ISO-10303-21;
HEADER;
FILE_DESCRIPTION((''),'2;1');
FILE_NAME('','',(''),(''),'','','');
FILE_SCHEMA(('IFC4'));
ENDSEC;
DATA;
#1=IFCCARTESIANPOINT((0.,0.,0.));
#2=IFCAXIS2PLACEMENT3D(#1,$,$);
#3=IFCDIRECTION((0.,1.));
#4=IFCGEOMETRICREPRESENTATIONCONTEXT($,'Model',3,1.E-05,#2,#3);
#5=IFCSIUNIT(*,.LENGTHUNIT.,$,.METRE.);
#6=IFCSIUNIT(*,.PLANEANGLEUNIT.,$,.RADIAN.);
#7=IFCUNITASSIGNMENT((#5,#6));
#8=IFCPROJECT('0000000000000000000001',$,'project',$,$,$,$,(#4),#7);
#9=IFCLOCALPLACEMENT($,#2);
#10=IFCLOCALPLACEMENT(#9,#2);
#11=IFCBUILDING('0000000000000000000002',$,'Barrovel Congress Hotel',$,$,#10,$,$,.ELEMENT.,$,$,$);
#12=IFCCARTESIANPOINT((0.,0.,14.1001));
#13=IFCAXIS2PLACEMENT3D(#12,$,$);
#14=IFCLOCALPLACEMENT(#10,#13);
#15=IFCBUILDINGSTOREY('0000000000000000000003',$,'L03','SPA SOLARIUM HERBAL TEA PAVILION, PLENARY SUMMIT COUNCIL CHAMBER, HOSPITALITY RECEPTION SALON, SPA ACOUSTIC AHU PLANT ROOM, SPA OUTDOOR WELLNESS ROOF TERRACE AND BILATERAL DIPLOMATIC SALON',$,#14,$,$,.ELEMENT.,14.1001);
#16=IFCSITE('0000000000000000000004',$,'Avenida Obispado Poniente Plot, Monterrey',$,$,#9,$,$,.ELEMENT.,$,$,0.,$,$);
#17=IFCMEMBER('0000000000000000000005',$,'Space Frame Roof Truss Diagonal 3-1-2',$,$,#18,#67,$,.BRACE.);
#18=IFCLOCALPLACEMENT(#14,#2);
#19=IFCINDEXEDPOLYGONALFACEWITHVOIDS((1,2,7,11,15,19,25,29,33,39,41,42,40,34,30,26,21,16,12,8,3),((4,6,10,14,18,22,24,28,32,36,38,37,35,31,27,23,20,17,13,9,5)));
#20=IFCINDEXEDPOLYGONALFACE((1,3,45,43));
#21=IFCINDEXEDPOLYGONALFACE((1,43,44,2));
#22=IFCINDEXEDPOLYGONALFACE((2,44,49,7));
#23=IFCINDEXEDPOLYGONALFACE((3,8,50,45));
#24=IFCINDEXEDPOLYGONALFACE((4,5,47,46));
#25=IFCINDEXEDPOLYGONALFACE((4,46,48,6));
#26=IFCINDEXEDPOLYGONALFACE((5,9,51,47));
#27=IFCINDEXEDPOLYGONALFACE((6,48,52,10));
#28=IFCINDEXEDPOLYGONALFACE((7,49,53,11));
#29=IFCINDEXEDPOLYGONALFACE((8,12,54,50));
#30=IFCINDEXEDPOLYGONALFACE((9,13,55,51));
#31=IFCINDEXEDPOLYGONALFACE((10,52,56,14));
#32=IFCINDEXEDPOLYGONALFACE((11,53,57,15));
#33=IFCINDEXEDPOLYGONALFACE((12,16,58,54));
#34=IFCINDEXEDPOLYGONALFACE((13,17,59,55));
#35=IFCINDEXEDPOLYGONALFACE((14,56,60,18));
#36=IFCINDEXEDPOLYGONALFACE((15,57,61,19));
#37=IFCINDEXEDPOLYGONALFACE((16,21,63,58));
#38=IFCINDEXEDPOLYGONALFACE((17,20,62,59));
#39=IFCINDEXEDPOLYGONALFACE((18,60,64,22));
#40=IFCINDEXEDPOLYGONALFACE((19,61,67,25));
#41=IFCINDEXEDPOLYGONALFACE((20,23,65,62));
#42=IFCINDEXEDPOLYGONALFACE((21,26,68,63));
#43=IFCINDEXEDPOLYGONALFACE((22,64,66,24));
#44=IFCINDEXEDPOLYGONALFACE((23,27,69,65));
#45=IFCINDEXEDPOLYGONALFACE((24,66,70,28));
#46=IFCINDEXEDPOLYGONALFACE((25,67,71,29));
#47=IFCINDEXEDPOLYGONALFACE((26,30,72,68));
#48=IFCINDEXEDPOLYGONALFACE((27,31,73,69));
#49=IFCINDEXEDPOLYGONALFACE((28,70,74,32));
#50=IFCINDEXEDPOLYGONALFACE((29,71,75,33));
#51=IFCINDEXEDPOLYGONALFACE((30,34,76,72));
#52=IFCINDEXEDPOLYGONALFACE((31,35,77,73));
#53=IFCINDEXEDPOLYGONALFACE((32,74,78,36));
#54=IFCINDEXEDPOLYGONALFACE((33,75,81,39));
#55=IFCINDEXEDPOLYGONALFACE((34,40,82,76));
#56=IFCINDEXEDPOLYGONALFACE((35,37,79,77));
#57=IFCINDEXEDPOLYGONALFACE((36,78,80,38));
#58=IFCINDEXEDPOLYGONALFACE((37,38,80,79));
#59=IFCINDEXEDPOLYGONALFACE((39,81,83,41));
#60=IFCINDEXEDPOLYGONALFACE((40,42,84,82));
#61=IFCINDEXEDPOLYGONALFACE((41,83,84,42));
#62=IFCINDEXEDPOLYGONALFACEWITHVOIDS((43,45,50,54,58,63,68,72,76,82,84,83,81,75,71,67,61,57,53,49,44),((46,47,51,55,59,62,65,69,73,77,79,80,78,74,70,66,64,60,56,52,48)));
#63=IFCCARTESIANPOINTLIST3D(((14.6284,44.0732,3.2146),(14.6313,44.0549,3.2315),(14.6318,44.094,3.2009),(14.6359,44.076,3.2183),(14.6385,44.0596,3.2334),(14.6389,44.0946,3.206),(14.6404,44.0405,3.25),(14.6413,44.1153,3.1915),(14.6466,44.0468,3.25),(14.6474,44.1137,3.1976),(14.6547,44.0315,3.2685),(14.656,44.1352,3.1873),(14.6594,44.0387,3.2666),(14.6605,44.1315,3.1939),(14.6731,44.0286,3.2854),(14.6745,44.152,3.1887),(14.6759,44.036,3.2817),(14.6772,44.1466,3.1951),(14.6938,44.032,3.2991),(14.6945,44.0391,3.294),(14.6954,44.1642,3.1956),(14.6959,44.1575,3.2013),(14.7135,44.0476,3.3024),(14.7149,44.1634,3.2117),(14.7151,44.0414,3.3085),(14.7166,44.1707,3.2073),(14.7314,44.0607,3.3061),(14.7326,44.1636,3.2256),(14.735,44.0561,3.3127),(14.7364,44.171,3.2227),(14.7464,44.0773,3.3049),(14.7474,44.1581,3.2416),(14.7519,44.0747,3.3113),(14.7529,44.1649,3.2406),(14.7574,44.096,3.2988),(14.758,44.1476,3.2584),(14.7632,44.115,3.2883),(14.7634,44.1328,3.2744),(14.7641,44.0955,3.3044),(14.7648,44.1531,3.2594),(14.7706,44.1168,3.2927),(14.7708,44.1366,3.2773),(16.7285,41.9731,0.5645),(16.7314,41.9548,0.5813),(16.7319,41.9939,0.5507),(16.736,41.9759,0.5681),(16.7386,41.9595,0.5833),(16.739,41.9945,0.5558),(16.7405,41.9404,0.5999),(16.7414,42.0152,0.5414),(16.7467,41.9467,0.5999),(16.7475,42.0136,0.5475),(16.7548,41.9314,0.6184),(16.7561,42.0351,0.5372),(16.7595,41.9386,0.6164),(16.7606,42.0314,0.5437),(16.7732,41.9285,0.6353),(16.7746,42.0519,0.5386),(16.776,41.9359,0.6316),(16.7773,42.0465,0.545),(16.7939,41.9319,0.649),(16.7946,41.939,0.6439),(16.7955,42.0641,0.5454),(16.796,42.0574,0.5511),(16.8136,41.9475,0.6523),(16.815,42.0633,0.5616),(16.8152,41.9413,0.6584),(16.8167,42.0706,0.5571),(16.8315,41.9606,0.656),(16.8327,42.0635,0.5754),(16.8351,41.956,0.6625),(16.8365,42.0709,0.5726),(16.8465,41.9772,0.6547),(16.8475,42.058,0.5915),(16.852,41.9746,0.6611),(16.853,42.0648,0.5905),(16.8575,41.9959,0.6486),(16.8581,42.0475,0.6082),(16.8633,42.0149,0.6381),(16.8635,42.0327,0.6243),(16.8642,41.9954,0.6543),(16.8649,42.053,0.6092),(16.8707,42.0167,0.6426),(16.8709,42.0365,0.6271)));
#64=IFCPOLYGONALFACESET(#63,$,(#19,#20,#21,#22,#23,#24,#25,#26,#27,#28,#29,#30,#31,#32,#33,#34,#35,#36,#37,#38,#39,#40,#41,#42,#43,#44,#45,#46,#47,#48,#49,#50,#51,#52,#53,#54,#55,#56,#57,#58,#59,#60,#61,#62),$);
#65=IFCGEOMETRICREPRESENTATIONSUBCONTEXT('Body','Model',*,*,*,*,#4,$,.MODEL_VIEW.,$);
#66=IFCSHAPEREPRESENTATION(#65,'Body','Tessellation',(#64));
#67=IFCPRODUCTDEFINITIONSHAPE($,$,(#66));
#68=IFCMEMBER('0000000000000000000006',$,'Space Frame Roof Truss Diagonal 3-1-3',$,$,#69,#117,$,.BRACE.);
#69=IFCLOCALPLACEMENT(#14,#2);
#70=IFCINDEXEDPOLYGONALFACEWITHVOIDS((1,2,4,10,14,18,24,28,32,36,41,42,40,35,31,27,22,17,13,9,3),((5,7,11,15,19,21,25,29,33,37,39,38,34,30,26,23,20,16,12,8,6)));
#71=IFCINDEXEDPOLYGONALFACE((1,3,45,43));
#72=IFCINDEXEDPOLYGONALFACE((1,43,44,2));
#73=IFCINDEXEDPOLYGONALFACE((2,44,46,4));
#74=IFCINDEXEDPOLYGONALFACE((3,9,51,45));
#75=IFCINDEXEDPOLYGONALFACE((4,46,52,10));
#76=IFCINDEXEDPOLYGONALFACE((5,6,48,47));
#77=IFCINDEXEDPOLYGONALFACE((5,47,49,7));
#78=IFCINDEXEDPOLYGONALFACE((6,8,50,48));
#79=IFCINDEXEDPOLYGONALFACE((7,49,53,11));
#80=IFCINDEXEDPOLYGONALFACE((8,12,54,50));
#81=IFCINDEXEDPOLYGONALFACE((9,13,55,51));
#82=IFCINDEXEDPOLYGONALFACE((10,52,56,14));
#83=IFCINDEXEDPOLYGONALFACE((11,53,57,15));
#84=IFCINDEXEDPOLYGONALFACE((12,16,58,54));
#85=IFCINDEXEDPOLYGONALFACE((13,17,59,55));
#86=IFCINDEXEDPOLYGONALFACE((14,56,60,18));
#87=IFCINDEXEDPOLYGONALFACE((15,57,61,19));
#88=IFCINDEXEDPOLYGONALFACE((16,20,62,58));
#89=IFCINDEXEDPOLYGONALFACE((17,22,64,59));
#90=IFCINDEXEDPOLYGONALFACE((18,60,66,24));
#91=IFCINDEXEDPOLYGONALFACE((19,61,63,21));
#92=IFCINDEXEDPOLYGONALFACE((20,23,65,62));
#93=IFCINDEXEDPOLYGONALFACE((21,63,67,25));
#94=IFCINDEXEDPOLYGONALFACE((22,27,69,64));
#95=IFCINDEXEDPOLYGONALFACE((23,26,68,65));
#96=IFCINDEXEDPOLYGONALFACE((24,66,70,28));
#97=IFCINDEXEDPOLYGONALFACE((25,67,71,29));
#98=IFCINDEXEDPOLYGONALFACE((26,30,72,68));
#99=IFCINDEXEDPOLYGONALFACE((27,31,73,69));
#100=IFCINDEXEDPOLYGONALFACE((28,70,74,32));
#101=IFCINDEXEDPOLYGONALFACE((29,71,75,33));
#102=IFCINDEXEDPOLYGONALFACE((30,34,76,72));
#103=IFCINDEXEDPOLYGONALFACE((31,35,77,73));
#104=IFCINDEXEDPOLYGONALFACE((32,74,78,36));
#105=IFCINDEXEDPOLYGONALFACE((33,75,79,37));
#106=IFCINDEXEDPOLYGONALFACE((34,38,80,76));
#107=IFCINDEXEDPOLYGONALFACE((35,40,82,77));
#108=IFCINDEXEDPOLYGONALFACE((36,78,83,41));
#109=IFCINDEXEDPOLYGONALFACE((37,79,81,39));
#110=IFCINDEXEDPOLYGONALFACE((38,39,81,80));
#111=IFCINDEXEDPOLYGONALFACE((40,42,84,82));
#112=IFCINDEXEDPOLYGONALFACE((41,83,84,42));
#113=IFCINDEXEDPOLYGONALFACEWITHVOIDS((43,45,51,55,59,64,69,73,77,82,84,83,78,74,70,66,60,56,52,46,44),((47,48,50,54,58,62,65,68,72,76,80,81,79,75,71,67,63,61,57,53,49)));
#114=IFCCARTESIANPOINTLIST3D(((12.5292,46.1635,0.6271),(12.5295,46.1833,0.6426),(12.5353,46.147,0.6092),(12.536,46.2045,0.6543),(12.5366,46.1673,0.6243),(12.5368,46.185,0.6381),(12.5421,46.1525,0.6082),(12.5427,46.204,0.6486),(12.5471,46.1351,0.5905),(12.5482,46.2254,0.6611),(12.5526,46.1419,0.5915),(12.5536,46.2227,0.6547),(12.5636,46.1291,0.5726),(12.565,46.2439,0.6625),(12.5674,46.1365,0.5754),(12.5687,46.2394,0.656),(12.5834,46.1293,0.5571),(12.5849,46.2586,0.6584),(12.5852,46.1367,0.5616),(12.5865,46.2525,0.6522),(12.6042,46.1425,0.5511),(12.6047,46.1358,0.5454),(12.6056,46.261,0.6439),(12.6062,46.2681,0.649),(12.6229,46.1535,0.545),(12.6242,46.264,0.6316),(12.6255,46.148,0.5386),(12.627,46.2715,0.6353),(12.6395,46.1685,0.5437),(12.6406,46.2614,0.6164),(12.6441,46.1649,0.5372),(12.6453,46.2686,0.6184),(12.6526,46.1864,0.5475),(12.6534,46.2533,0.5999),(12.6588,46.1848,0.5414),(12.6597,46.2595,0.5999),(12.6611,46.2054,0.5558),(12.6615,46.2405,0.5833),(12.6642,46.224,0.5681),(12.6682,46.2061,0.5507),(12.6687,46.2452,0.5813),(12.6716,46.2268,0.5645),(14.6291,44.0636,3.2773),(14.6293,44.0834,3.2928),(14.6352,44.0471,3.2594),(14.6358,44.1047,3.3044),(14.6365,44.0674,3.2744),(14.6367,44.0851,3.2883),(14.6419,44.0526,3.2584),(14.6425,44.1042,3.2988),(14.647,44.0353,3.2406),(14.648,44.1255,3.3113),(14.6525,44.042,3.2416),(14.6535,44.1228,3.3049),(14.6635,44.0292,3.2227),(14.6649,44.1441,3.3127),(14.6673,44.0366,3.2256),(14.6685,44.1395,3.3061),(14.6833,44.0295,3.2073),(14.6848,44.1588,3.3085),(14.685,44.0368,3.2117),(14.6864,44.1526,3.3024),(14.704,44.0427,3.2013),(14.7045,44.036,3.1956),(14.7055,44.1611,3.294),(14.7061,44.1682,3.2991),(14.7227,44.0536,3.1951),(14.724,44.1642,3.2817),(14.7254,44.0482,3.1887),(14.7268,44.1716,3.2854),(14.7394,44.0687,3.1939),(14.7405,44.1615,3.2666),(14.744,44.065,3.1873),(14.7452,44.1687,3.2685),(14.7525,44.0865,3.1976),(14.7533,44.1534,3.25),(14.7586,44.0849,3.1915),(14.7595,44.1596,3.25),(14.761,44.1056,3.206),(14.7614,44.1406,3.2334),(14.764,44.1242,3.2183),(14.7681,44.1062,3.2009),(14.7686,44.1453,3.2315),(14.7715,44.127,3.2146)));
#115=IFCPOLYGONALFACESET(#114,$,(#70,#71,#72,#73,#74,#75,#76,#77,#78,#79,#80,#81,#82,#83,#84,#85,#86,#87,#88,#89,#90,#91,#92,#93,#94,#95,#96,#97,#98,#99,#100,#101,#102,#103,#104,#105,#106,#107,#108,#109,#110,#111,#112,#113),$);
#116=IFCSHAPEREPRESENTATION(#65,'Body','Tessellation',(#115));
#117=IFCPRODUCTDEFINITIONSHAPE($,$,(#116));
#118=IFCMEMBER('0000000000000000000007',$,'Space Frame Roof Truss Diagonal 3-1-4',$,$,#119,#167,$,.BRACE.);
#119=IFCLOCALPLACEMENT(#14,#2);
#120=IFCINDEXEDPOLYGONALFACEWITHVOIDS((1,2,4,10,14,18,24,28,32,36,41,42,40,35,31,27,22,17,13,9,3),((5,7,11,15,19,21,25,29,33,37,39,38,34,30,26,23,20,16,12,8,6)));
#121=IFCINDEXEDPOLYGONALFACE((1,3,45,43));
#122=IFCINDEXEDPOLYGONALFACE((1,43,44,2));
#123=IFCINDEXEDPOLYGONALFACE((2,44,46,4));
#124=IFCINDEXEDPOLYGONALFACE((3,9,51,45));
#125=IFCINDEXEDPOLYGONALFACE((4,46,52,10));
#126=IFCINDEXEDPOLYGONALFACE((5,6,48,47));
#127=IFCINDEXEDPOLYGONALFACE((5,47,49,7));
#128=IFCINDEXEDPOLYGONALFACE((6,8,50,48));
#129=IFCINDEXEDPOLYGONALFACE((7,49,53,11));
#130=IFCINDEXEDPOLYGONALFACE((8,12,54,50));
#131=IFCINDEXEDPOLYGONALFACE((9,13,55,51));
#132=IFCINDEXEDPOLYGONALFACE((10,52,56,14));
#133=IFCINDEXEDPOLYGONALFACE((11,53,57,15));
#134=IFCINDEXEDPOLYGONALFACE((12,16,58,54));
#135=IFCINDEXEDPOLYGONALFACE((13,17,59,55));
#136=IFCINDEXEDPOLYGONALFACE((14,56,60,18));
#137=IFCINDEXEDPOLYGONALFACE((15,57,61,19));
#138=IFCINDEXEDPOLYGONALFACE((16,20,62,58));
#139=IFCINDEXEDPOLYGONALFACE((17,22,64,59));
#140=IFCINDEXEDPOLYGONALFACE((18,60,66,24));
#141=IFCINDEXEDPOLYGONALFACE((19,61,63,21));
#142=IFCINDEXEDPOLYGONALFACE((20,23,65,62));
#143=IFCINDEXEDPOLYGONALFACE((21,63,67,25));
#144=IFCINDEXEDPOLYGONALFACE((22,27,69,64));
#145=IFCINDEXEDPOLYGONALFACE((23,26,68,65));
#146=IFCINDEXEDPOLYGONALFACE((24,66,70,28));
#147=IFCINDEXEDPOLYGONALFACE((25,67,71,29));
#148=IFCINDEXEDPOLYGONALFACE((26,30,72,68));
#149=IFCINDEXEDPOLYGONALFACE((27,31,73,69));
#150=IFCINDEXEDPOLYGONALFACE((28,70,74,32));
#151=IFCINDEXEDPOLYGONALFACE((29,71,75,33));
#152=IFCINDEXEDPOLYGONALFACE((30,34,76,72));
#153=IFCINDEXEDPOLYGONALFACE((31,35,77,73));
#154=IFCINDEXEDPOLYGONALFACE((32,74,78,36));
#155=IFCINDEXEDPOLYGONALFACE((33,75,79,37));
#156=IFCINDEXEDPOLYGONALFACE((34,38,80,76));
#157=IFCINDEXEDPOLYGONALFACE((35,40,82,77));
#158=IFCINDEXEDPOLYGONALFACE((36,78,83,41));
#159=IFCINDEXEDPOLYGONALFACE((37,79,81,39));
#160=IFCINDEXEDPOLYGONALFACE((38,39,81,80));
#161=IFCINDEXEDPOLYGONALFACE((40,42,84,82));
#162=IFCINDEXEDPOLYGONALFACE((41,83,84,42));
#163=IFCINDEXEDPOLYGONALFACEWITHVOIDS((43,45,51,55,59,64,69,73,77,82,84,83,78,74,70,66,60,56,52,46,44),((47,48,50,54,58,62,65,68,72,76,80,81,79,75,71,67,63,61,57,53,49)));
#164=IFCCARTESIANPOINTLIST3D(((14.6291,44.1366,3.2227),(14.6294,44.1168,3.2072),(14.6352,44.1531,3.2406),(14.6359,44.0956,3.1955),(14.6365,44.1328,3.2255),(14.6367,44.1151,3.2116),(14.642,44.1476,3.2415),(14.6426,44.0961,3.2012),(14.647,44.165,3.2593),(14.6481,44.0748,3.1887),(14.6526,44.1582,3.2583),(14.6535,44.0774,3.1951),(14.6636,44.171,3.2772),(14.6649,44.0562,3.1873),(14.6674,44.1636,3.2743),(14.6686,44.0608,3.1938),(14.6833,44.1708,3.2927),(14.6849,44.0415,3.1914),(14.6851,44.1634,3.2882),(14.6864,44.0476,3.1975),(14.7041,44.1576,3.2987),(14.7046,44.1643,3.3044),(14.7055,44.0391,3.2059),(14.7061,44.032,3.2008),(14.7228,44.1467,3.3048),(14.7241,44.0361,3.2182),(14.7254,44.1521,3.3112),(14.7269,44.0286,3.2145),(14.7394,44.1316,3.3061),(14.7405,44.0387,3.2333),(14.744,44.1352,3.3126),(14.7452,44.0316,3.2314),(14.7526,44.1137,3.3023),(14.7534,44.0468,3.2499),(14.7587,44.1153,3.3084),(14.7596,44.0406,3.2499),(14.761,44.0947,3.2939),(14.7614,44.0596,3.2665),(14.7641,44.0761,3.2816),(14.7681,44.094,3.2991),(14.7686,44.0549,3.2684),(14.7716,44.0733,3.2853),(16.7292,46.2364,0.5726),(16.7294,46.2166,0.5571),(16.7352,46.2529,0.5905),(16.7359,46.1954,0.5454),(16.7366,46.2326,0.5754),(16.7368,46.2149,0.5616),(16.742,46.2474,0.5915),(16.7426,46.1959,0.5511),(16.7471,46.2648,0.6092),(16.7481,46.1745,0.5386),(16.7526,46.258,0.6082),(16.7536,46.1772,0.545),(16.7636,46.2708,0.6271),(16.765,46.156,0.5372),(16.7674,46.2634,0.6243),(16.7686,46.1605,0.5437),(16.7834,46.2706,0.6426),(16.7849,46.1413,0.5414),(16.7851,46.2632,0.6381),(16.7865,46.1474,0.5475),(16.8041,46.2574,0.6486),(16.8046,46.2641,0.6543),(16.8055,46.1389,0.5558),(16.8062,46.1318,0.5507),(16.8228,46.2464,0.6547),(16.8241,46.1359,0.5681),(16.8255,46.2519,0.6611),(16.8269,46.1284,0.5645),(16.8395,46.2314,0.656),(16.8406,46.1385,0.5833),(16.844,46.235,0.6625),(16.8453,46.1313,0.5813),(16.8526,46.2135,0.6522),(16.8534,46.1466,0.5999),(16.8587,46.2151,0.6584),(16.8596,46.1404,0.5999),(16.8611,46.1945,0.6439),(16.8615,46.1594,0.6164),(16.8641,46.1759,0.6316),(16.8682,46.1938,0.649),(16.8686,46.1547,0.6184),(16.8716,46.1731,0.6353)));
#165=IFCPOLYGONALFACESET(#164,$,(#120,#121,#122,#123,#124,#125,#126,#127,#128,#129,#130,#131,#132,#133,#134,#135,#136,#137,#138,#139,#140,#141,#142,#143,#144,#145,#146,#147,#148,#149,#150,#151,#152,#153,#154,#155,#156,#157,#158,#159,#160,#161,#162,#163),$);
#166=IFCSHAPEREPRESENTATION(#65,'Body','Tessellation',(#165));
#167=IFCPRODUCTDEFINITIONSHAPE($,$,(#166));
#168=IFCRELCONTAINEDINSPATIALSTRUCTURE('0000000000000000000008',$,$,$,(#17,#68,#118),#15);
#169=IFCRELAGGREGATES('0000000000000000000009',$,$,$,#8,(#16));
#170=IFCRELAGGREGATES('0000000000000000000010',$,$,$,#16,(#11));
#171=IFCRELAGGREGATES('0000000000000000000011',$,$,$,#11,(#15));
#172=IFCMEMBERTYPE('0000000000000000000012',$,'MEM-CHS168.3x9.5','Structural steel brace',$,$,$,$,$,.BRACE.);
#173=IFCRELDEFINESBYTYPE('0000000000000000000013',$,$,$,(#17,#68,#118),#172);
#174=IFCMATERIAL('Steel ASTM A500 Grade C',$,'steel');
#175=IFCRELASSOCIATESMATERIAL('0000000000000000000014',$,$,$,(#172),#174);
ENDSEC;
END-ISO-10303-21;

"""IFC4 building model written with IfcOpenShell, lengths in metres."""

from ifc_helpers import new_model, si_unit, direction, frame, origin, origin_2d, place, context, subcontext, project, spatial, hollow_circle, extrude, material, material_profile, profile_set, type_object, element, save


model = new_model("IFC4")

# Units and contexts
model_context = context("Model", 3, precision=1e-05, world=origin(), true_north=direction((0.0, 1.0)))
body_context = subcontext(model_context, "Body", "Model", "MODEL_VIEW")
ifc_project = project(units=[si_unit("LENGTHUNIT", "METRE"), si_unit("PLANEANGLEUNIT", "RADIAN")], contexts=[model_context])

# Site, building, storey
site_placement = place(None, origin())
site = spatial("IfcSite", under=ifc_project, at=site_placement, Name="Avenida Obispado Poniente Plot, Monterrey", CompositionType="ELEMENT", RefElevation=0.0)
building_placement = place(site_placement, origin())
building = spatial("IfcBuilding", under=site, at=building_placement, Name="Barrovel Congress Hotel", CompositionType="ELEMENT")
storey_placement = place(building_placement, frame((0.0, 0.0, 14.1001)))
storey = spatial("IfcBuildingStorey", under=building, at=storey_placement, Name="L03", Description="SPA SOLARIUM HERBAL TEA PAVILION, PLENARY SUMMIT COUNCIL CHAMBER, HOSPITALITY RECEPTION SALON, SPA ACOUSTIC AHU PLANT ROOM, SPA OUTDOOR WELLNESS ROOF TERRACE AND BILATERAL DIPLOMATIC SALON", CompositionType="ELEMENT", Elevation=14.1001)

# Members
ifc_material_1 = material(Name="Steel ASTM A500 Grade C", Category="steel")
ifc_material_profile_1 = material_profile(ifc_material_1, hollow_circle(Radius=0.0842, WallThickness=0.0088, at=origin_2d()), Name="CHS168.3x9.5")
ifc_profile_set_1 = profile_set([ifc_material_profile_1], Name="Steel ASTM A500 Grade C")
member_type_1 = type_object("IfcMemberType", Name="MEM-CHS168.3x9.5", Description="Structural steel brace", PredefinedType="BRACE", material=ifc_profile_set_1)
member_1_placement = place(storey_placement, frame((16.8, 42.0, 0.5999), z_axis=(-0.527601, 0.527601, 0.665788), x_axis=(-0.707107, -0.707107, 0.0)))
element("IfcMember", 1, at=member_1_placement, inside=storey, type_object=member_type_1, Name="Space Frame Roof Truss Diagonal 3-1-2", PredefinedType="BRACE", context=body_context, shape_type="SweptSolid", body=[
    extrude(hollow_circle(Radius=0.0842, WallThickness=0.0088, at=origin_2d()), origin(), (0.0, 0.0, 1.0), 3.9805),
])
for number, where, z_axis, x_axis, name in (
    (2, (12.6001, 46.2, 0.5999), (0.527574, -0.527574, 0.665831), (0.707107, 0.707107, 0.0), "Space Frame Roof Truss Diagonal 3-1-3"),
    (3, (16.8, 46.2, 0.5999), (-0.527618, -0.527557, 0.66581), (0.707066, -0.707148, 0.0), "Space Frame Roof Truss Diagonal 3-1-4"),
):
    element("IfcMember", number, at=place(storey_placement, frame(where, z_axis=z_axis, x_axis=x_axis)), inside=storey, type_object=member_type_1, Name=name, PredefinedType="BRACE", context=body_context, shape_type="SweptSolid", body=[
        extrude(hollow_circle(Radius=0.0842, WallThickness=0.0088, at=origin_2d()), origin(), (0.0, 0.0, 1.0), 3.9802),
    ])

save(model, "model.ifc")
